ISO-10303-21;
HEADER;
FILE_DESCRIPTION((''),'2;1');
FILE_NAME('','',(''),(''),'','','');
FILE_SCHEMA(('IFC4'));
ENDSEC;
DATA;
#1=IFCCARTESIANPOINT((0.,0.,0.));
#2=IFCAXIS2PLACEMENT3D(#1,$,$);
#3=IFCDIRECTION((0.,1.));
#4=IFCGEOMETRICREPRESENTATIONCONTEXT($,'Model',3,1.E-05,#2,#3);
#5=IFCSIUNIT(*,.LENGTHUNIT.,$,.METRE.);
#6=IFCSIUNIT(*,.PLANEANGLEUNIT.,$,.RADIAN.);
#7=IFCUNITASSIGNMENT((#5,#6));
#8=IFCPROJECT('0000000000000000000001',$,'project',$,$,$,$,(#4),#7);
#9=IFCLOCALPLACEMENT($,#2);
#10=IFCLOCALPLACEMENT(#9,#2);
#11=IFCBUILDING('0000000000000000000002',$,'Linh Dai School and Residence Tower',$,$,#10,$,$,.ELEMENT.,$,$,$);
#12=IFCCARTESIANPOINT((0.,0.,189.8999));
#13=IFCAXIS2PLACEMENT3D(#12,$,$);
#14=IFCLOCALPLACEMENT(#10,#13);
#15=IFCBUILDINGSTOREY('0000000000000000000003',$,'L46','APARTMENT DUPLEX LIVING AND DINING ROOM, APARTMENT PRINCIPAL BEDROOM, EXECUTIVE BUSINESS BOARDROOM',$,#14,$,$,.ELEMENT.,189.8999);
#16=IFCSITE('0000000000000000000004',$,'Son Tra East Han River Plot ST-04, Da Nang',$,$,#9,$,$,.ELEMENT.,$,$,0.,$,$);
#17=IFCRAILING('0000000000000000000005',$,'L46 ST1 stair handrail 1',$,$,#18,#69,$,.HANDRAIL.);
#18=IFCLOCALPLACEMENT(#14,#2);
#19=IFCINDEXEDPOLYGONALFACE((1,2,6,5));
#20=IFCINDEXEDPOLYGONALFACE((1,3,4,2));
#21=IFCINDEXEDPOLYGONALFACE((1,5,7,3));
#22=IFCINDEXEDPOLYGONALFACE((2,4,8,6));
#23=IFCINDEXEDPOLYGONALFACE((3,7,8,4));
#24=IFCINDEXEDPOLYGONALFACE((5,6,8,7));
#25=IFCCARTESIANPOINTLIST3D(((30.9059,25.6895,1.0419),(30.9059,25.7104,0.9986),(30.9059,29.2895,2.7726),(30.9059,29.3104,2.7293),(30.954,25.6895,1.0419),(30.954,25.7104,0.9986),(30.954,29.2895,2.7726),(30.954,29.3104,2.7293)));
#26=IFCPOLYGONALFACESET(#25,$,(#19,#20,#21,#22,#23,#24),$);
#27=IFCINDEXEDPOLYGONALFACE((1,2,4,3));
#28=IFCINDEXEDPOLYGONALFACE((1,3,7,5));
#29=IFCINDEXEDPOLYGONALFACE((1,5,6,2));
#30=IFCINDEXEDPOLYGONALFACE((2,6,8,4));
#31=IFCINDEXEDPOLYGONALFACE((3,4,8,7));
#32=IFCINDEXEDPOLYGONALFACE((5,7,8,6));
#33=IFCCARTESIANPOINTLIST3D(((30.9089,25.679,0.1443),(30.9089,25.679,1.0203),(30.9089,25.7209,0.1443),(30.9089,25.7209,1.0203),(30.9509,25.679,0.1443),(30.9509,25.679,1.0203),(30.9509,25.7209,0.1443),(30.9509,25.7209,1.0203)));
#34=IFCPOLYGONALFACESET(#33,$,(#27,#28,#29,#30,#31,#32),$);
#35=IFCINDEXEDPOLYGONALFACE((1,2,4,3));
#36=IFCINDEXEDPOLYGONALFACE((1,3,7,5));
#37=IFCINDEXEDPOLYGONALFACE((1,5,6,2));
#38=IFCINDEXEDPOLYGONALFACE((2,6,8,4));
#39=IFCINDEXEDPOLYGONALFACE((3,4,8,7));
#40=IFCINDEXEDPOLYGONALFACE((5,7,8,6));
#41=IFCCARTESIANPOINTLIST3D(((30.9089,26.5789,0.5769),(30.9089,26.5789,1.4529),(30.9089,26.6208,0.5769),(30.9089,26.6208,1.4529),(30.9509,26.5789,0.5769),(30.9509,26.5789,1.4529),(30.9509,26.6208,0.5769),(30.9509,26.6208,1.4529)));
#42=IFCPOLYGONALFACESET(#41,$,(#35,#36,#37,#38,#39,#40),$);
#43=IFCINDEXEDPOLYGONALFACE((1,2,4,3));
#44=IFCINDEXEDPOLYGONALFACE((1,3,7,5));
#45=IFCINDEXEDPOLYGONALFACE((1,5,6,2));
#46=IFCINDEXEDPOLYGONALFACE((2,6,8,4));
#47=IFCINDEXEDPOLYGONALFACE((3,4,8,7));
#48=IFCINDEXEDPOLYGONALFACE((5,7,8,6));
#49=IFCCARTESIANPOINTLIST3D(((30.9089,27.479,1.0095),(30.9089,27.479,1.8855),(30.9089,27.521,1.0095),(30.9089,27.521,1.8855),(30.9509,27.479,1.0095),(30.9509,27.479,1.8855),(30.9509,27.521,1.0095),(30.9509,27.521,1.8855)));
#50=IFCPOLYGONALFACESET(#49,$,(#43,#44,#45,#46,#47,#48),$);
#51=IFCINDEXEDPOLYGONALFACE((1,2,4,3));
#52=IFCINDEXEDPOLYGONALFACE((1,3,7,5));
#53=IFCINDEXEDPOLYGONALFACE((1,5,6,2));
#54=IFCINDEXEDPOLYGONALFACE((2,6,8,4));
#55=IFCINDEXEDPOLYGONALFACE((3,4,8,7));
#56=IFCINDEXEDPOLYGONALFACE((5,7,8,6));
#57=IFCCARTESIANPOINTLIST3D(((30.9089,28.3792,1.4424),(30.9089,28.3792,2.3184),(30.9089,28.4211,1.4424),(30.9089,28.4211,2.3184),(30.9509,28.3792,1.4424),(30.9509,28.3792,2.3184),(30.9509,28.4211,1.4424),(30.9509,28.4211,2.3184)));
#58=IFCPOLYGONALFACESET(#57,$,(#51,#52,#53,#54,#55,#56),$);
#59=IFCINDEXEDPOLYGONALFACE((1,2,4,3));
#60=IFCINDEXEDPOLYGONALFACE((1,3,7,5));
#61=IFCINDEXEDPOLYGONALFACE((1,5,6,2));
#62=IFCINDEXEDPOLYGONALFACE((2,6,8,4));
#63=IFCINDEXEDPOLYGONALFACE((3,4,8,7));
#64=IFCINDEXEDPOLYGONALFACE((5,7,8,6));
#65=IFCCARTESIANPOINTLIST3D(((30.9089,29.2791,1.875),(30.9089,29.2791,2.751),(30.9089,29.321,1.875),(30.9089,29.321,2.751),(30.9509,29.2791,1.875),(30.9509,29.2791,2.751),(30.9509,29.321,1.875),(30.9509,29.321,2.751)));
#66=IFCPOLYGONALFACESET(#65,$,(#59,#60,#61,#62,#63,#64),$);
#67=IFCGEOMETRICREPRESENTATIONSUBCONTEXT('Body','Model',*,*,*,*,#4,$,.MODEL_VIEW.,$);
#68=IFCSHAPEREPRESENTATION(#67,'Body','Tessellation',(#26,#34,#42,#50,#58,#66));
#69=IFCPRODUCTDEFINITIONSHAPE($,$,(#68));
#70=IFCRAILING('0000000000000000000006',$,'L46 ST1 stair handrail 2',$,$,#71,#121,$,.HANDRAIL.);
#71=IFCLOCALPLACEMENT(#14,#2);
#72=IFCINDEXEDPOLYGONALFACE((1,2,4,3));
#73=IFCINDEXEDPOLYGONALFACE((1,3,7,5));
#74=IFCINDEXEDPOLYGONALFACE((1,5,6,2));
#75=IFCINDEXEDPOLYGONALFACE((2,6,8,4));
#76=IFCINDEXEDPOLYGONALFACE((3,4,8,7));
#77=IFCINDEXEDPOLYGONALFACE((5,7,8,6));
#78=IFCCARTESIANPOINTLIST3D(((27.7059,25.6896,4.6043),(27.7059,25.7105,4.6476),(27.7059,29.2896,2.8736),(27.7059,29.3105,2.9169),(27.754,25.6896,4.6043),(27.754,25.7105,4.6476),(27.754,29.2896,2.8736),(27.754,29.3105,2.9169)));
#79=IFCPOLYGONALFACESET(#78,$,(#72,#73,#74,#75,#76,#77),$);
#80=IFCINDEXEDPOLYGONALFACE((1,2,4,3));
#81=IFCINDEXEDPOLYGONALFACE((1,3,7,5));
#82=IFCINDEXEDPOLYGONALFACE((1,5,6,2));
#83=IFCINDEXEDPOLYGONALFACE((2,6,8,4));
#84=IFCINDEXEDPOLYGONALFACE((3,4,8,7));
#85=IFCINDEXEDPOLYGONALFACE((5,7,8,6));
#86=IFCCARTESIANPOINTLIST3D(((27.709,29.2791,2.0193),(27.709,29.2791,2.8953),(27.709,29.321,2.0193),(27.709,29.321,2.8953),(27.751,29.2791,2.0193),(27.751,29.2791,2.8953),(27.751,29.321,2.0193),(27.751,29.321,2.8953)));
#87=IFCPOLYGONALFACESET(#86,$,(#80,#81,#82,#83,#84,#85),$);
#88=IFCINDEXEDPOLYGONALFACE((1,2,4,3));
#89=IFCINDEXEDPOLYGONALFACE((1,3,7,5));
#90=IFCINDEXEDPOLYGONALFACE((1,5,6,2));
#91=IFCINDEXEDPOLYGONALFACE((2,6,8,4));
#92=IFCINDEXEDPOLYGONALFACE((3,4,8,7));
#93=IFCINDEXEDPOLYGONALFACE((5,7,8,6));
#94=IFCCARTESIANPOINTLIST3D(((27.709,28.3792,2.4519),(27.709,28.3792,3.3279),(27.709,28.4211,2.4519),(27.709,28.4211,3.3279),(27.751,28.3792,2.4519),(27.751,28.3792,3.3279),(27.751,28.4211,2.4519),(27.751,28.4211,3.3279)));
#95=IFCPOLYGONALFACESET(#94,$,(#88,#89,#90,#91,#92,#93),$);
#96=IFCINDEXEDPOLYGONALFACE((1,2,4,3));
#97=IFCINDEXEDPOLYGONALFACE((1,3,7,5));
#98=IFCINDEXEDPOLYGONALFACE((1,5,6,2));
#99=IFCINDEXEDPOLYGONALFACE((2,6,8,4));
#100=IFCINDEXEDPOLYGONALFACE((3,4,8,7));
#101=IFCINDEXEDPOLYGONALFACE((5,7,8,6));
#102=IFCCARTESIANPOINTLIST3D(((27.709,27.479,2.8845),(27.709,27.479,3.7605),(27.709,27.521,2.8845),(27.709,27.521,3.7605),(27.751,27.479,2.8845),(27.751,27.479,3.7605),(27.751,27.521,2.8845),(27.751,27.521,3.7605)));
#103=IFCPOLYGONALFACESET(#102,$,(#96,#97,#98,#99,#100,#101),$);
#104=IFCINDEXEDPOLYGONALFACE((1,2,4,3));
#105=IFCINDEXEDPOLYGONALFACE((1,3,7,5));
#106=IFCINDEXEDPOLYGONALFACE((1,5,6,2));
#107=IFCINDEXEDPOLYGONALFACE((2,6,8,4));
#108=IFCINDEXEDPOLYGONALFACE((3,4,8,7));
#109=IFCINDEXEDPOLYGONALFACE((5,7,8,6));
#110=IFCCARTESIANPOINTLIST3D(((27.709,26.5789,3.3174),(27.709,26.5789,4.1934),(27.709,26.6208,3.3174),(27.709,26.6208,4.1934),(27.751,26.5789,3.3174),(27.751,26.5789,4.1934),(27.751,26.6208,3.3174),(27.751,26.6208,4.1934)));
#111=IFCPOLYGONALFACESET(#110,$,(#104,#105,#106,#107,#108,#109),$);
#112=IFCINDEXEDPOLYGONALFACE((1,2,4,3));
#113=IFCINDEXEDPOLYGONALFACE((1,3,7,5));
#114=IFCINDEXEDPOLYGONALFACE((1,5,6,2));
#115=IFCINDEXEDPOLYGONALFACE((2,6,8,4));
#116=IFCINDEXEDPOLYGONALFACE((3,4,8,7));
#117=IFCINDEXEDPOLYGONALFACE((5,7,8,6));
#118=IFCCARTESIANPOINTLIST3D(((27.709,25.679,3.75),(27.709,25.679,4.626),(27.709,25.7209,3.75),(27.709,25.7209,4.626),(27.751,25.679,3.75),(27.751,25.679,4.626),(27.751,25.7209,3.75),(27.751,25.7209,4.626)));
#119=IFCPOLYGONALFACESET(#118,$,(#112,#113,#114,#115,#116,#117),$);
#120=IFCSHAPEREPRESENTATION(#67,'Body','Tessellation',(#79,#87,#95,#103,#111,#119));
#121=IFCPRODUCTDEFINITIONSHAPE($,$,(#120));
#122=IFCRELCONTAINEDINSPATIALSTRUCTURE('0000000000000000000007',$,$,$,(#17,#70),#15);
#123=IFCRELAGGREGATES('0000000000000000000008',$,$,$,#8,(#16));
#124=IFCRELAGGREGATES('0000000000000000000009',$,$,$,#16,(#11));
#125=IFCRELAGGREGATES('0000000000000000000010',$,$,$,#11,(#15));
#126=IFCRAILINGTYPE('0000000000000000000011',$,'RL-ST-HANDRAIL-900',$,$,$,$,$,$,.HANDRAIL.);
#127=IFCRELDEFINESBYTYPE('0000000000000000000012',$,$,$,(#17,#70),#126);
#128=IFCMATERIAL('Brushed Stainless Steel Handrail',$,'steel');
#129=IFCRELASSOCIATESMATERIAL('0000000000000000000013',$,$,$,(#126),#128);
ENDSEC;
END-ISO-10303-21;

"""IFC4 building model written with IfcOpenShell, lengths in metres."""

from ifc_helpers import new_model, si_unit, direction, frame, origin, origin_2d, place, context, subcontext, project, spatial, rectangle, extrude, source, transform, mapped, material, type_object, element, save


model = new_model("IFC4")

# Units and contexts
model_context = context("Model", 3, precision=1e-05, world=origin(), true_north=direction((0.0, 1.0)))
body_context = subcontext(model_context, "Body", "Model", "MODEL_VIEW")
ifc_project = project(units=[si_unit("LENGTHUNIT", "METRE"), si_unit("PLANEANGLEUNIT", "RADIAN")], contexts=[model_context])

# Site, building, storey
site_placement = place(None, origin())
site = spatial("IfcSite", under=ifc_project, at=site_placement, Name="Son Tra East Han River Plot ST-04, Da Nang", CompositionType="ELEMENT", RefElevation=0.0)
building_placement = place(site_placement, origin())
building = spatial("IfcBuilding", under=site, at=building_placement, Name="Linh Dai School and Residence Tower", CompositionType="ELEMENT")
storey_placement = place(building_placement, frame((0.0, 0.0, 189.8999)))
storey = spatial("IfcBuildingStorey", under=building, at=storey_placement, Name="L46", Description="APARTMENT DUPLEX LIVING AND DINING ROOM, APARTMENT PRINCIPAL BEDROOM, EXECUTIVE BUSINESS BOARDROOM", CompositionType="ELEMENT", Elevation=189.8999)

# Railings
ifc_material_1 = material(Name="Brushed Stainless Steel Handrail", Category="steel")
railing_type_1 = type_object("IfcRailingType", Name="RL-ST-HANDRAIL-900", PredefinedType="HANDRAIL", material=ifc_material_1)
shared_shape_1 = source(origin(), body_context, "Body", "SweptSolid", [
    extrude(rectangle(XDim=0.0481, YDim=0.0481, at=origin_2d()), frame((0.0, 0.0, 0.876), z_axis=(0.0, 0.901263, 0.433273), x_axis=(-1.0, 0.0, 0.0)), (0.0, 0.0, 1.0), 3.9944),
    extrude(rectangle(XDim=0.042, YDim=0.042, at=origin_2d()), origin(), (0.0, 0.0, 1.0), 0.876),
    extrude(rectangle(XDim=0.042, YDim=0.042, at=origin_2d()), frame((0.0, 0.8999, 0.4326)), (0.0, 0.0, 1.0), 0.876),
    extrude(rectangle(XDim=0.042, YDim=0.042, at=origin_2d()), frame((0.0, 1.8, 0.8652)), (0.0, 0.0, 1.0), 0.876),
    extrude(rectangle(XDim=0.042, YDim=0.042, at=origin_2d()), frame((0.0, 2.7002, 1.2981)), (0.0, 0.0, 1.0), 0.876),
    extrude(rectangle(XDim=0.042, YDim=0.042, at=origin_2d()), frame((0.0, 3.6001, 1.7307)), (0.0, 0.0, 1.0), 0.876),
])
railing_1_placement = place(storey_placement, frame((30.9299, 25.7, 0.1443)))
element("IfcRailing", 1, at=railing_1_placement, inside=storey, type_object=railing_type_1, Name="L46 ST1 stair handrail 1", PredefinedType="HANDRAIL", context=body_context, shape_type="MappedRepresentation", body=[
    mapped(shared_shape_1, transform((0.0, 0.0, 0.0), x_axis=(1.0, 0.0, 0.0), y_axis=(0.0, 1.0, 0.0), z_axis=(0.0, 0.0, 1.0), scale=1.0)),
])
shared_shape_2 = source(origin(), body_context, "Body", "SweptSolid", [
    extrude(rectangle(XDim=0.0481, YDim=0.0481, at=origin_2d()), frame((0.0, 0.0, 0.876), z_axis=(0.0, -0.901263, 0.433273), x_axis=(1.0, 0.0, 0.0)), (0.0, 0.0, 1.0), 3.9944),
    extrude(rectangle(XDim=0.042, YDim=0.042, at=origin_2d()), origin(), (0.0, 0.0, 1.0), 0.876),
    extrude(rectangle(XDim=0.042, YDim=0.042, at=origin_2d()), frame((0.0, -0.8999, 0.4326)), (0.0, 0.0, 1.0), 0.876),
    extrude(rectangle(XDim=0.042, YDim=0.042, at=origin_2d()), frame((0.0, -1.8, 0.8652)), (0.0, 0.0, 1.0), 0.876),
    extrude(rectangle(XDim=0.042, YDim=0.042, at=origin_2d()), frame((0.0, -2.7002, 1.2981)), (0.0, 0.0, 1.0), 0.876),
    extrude(rectangle(XDim=0.042, YDim=0.042, at=origin_2d()), frame((0.0, -3.6001, 1.7307)), (0.0, 0.0, 1.0), 0.876),
])
railing_2_placement = place(storey_placement, frame((27.73, 29.3, 2.0193)))
element("IfcRailing", 2, at=railing_2_placement, inside=storey, type_object=railing_type_1, Name="L46 ST1 stair handrail 2", PredefinedType="HANDRAIL", context=body_context, shape_type="MappedRepresentation", body=[
    mapped(shared_shape_2, transform((0.0, 0.0, 0.0), x_axis=(1.0, 0.0, 0.0), y_axis=(0.0, 1.0, 0.0), z_axis=(0.0, 0.0, 1.0), scale=1.0)),
])

save(model, "model.ifc")
